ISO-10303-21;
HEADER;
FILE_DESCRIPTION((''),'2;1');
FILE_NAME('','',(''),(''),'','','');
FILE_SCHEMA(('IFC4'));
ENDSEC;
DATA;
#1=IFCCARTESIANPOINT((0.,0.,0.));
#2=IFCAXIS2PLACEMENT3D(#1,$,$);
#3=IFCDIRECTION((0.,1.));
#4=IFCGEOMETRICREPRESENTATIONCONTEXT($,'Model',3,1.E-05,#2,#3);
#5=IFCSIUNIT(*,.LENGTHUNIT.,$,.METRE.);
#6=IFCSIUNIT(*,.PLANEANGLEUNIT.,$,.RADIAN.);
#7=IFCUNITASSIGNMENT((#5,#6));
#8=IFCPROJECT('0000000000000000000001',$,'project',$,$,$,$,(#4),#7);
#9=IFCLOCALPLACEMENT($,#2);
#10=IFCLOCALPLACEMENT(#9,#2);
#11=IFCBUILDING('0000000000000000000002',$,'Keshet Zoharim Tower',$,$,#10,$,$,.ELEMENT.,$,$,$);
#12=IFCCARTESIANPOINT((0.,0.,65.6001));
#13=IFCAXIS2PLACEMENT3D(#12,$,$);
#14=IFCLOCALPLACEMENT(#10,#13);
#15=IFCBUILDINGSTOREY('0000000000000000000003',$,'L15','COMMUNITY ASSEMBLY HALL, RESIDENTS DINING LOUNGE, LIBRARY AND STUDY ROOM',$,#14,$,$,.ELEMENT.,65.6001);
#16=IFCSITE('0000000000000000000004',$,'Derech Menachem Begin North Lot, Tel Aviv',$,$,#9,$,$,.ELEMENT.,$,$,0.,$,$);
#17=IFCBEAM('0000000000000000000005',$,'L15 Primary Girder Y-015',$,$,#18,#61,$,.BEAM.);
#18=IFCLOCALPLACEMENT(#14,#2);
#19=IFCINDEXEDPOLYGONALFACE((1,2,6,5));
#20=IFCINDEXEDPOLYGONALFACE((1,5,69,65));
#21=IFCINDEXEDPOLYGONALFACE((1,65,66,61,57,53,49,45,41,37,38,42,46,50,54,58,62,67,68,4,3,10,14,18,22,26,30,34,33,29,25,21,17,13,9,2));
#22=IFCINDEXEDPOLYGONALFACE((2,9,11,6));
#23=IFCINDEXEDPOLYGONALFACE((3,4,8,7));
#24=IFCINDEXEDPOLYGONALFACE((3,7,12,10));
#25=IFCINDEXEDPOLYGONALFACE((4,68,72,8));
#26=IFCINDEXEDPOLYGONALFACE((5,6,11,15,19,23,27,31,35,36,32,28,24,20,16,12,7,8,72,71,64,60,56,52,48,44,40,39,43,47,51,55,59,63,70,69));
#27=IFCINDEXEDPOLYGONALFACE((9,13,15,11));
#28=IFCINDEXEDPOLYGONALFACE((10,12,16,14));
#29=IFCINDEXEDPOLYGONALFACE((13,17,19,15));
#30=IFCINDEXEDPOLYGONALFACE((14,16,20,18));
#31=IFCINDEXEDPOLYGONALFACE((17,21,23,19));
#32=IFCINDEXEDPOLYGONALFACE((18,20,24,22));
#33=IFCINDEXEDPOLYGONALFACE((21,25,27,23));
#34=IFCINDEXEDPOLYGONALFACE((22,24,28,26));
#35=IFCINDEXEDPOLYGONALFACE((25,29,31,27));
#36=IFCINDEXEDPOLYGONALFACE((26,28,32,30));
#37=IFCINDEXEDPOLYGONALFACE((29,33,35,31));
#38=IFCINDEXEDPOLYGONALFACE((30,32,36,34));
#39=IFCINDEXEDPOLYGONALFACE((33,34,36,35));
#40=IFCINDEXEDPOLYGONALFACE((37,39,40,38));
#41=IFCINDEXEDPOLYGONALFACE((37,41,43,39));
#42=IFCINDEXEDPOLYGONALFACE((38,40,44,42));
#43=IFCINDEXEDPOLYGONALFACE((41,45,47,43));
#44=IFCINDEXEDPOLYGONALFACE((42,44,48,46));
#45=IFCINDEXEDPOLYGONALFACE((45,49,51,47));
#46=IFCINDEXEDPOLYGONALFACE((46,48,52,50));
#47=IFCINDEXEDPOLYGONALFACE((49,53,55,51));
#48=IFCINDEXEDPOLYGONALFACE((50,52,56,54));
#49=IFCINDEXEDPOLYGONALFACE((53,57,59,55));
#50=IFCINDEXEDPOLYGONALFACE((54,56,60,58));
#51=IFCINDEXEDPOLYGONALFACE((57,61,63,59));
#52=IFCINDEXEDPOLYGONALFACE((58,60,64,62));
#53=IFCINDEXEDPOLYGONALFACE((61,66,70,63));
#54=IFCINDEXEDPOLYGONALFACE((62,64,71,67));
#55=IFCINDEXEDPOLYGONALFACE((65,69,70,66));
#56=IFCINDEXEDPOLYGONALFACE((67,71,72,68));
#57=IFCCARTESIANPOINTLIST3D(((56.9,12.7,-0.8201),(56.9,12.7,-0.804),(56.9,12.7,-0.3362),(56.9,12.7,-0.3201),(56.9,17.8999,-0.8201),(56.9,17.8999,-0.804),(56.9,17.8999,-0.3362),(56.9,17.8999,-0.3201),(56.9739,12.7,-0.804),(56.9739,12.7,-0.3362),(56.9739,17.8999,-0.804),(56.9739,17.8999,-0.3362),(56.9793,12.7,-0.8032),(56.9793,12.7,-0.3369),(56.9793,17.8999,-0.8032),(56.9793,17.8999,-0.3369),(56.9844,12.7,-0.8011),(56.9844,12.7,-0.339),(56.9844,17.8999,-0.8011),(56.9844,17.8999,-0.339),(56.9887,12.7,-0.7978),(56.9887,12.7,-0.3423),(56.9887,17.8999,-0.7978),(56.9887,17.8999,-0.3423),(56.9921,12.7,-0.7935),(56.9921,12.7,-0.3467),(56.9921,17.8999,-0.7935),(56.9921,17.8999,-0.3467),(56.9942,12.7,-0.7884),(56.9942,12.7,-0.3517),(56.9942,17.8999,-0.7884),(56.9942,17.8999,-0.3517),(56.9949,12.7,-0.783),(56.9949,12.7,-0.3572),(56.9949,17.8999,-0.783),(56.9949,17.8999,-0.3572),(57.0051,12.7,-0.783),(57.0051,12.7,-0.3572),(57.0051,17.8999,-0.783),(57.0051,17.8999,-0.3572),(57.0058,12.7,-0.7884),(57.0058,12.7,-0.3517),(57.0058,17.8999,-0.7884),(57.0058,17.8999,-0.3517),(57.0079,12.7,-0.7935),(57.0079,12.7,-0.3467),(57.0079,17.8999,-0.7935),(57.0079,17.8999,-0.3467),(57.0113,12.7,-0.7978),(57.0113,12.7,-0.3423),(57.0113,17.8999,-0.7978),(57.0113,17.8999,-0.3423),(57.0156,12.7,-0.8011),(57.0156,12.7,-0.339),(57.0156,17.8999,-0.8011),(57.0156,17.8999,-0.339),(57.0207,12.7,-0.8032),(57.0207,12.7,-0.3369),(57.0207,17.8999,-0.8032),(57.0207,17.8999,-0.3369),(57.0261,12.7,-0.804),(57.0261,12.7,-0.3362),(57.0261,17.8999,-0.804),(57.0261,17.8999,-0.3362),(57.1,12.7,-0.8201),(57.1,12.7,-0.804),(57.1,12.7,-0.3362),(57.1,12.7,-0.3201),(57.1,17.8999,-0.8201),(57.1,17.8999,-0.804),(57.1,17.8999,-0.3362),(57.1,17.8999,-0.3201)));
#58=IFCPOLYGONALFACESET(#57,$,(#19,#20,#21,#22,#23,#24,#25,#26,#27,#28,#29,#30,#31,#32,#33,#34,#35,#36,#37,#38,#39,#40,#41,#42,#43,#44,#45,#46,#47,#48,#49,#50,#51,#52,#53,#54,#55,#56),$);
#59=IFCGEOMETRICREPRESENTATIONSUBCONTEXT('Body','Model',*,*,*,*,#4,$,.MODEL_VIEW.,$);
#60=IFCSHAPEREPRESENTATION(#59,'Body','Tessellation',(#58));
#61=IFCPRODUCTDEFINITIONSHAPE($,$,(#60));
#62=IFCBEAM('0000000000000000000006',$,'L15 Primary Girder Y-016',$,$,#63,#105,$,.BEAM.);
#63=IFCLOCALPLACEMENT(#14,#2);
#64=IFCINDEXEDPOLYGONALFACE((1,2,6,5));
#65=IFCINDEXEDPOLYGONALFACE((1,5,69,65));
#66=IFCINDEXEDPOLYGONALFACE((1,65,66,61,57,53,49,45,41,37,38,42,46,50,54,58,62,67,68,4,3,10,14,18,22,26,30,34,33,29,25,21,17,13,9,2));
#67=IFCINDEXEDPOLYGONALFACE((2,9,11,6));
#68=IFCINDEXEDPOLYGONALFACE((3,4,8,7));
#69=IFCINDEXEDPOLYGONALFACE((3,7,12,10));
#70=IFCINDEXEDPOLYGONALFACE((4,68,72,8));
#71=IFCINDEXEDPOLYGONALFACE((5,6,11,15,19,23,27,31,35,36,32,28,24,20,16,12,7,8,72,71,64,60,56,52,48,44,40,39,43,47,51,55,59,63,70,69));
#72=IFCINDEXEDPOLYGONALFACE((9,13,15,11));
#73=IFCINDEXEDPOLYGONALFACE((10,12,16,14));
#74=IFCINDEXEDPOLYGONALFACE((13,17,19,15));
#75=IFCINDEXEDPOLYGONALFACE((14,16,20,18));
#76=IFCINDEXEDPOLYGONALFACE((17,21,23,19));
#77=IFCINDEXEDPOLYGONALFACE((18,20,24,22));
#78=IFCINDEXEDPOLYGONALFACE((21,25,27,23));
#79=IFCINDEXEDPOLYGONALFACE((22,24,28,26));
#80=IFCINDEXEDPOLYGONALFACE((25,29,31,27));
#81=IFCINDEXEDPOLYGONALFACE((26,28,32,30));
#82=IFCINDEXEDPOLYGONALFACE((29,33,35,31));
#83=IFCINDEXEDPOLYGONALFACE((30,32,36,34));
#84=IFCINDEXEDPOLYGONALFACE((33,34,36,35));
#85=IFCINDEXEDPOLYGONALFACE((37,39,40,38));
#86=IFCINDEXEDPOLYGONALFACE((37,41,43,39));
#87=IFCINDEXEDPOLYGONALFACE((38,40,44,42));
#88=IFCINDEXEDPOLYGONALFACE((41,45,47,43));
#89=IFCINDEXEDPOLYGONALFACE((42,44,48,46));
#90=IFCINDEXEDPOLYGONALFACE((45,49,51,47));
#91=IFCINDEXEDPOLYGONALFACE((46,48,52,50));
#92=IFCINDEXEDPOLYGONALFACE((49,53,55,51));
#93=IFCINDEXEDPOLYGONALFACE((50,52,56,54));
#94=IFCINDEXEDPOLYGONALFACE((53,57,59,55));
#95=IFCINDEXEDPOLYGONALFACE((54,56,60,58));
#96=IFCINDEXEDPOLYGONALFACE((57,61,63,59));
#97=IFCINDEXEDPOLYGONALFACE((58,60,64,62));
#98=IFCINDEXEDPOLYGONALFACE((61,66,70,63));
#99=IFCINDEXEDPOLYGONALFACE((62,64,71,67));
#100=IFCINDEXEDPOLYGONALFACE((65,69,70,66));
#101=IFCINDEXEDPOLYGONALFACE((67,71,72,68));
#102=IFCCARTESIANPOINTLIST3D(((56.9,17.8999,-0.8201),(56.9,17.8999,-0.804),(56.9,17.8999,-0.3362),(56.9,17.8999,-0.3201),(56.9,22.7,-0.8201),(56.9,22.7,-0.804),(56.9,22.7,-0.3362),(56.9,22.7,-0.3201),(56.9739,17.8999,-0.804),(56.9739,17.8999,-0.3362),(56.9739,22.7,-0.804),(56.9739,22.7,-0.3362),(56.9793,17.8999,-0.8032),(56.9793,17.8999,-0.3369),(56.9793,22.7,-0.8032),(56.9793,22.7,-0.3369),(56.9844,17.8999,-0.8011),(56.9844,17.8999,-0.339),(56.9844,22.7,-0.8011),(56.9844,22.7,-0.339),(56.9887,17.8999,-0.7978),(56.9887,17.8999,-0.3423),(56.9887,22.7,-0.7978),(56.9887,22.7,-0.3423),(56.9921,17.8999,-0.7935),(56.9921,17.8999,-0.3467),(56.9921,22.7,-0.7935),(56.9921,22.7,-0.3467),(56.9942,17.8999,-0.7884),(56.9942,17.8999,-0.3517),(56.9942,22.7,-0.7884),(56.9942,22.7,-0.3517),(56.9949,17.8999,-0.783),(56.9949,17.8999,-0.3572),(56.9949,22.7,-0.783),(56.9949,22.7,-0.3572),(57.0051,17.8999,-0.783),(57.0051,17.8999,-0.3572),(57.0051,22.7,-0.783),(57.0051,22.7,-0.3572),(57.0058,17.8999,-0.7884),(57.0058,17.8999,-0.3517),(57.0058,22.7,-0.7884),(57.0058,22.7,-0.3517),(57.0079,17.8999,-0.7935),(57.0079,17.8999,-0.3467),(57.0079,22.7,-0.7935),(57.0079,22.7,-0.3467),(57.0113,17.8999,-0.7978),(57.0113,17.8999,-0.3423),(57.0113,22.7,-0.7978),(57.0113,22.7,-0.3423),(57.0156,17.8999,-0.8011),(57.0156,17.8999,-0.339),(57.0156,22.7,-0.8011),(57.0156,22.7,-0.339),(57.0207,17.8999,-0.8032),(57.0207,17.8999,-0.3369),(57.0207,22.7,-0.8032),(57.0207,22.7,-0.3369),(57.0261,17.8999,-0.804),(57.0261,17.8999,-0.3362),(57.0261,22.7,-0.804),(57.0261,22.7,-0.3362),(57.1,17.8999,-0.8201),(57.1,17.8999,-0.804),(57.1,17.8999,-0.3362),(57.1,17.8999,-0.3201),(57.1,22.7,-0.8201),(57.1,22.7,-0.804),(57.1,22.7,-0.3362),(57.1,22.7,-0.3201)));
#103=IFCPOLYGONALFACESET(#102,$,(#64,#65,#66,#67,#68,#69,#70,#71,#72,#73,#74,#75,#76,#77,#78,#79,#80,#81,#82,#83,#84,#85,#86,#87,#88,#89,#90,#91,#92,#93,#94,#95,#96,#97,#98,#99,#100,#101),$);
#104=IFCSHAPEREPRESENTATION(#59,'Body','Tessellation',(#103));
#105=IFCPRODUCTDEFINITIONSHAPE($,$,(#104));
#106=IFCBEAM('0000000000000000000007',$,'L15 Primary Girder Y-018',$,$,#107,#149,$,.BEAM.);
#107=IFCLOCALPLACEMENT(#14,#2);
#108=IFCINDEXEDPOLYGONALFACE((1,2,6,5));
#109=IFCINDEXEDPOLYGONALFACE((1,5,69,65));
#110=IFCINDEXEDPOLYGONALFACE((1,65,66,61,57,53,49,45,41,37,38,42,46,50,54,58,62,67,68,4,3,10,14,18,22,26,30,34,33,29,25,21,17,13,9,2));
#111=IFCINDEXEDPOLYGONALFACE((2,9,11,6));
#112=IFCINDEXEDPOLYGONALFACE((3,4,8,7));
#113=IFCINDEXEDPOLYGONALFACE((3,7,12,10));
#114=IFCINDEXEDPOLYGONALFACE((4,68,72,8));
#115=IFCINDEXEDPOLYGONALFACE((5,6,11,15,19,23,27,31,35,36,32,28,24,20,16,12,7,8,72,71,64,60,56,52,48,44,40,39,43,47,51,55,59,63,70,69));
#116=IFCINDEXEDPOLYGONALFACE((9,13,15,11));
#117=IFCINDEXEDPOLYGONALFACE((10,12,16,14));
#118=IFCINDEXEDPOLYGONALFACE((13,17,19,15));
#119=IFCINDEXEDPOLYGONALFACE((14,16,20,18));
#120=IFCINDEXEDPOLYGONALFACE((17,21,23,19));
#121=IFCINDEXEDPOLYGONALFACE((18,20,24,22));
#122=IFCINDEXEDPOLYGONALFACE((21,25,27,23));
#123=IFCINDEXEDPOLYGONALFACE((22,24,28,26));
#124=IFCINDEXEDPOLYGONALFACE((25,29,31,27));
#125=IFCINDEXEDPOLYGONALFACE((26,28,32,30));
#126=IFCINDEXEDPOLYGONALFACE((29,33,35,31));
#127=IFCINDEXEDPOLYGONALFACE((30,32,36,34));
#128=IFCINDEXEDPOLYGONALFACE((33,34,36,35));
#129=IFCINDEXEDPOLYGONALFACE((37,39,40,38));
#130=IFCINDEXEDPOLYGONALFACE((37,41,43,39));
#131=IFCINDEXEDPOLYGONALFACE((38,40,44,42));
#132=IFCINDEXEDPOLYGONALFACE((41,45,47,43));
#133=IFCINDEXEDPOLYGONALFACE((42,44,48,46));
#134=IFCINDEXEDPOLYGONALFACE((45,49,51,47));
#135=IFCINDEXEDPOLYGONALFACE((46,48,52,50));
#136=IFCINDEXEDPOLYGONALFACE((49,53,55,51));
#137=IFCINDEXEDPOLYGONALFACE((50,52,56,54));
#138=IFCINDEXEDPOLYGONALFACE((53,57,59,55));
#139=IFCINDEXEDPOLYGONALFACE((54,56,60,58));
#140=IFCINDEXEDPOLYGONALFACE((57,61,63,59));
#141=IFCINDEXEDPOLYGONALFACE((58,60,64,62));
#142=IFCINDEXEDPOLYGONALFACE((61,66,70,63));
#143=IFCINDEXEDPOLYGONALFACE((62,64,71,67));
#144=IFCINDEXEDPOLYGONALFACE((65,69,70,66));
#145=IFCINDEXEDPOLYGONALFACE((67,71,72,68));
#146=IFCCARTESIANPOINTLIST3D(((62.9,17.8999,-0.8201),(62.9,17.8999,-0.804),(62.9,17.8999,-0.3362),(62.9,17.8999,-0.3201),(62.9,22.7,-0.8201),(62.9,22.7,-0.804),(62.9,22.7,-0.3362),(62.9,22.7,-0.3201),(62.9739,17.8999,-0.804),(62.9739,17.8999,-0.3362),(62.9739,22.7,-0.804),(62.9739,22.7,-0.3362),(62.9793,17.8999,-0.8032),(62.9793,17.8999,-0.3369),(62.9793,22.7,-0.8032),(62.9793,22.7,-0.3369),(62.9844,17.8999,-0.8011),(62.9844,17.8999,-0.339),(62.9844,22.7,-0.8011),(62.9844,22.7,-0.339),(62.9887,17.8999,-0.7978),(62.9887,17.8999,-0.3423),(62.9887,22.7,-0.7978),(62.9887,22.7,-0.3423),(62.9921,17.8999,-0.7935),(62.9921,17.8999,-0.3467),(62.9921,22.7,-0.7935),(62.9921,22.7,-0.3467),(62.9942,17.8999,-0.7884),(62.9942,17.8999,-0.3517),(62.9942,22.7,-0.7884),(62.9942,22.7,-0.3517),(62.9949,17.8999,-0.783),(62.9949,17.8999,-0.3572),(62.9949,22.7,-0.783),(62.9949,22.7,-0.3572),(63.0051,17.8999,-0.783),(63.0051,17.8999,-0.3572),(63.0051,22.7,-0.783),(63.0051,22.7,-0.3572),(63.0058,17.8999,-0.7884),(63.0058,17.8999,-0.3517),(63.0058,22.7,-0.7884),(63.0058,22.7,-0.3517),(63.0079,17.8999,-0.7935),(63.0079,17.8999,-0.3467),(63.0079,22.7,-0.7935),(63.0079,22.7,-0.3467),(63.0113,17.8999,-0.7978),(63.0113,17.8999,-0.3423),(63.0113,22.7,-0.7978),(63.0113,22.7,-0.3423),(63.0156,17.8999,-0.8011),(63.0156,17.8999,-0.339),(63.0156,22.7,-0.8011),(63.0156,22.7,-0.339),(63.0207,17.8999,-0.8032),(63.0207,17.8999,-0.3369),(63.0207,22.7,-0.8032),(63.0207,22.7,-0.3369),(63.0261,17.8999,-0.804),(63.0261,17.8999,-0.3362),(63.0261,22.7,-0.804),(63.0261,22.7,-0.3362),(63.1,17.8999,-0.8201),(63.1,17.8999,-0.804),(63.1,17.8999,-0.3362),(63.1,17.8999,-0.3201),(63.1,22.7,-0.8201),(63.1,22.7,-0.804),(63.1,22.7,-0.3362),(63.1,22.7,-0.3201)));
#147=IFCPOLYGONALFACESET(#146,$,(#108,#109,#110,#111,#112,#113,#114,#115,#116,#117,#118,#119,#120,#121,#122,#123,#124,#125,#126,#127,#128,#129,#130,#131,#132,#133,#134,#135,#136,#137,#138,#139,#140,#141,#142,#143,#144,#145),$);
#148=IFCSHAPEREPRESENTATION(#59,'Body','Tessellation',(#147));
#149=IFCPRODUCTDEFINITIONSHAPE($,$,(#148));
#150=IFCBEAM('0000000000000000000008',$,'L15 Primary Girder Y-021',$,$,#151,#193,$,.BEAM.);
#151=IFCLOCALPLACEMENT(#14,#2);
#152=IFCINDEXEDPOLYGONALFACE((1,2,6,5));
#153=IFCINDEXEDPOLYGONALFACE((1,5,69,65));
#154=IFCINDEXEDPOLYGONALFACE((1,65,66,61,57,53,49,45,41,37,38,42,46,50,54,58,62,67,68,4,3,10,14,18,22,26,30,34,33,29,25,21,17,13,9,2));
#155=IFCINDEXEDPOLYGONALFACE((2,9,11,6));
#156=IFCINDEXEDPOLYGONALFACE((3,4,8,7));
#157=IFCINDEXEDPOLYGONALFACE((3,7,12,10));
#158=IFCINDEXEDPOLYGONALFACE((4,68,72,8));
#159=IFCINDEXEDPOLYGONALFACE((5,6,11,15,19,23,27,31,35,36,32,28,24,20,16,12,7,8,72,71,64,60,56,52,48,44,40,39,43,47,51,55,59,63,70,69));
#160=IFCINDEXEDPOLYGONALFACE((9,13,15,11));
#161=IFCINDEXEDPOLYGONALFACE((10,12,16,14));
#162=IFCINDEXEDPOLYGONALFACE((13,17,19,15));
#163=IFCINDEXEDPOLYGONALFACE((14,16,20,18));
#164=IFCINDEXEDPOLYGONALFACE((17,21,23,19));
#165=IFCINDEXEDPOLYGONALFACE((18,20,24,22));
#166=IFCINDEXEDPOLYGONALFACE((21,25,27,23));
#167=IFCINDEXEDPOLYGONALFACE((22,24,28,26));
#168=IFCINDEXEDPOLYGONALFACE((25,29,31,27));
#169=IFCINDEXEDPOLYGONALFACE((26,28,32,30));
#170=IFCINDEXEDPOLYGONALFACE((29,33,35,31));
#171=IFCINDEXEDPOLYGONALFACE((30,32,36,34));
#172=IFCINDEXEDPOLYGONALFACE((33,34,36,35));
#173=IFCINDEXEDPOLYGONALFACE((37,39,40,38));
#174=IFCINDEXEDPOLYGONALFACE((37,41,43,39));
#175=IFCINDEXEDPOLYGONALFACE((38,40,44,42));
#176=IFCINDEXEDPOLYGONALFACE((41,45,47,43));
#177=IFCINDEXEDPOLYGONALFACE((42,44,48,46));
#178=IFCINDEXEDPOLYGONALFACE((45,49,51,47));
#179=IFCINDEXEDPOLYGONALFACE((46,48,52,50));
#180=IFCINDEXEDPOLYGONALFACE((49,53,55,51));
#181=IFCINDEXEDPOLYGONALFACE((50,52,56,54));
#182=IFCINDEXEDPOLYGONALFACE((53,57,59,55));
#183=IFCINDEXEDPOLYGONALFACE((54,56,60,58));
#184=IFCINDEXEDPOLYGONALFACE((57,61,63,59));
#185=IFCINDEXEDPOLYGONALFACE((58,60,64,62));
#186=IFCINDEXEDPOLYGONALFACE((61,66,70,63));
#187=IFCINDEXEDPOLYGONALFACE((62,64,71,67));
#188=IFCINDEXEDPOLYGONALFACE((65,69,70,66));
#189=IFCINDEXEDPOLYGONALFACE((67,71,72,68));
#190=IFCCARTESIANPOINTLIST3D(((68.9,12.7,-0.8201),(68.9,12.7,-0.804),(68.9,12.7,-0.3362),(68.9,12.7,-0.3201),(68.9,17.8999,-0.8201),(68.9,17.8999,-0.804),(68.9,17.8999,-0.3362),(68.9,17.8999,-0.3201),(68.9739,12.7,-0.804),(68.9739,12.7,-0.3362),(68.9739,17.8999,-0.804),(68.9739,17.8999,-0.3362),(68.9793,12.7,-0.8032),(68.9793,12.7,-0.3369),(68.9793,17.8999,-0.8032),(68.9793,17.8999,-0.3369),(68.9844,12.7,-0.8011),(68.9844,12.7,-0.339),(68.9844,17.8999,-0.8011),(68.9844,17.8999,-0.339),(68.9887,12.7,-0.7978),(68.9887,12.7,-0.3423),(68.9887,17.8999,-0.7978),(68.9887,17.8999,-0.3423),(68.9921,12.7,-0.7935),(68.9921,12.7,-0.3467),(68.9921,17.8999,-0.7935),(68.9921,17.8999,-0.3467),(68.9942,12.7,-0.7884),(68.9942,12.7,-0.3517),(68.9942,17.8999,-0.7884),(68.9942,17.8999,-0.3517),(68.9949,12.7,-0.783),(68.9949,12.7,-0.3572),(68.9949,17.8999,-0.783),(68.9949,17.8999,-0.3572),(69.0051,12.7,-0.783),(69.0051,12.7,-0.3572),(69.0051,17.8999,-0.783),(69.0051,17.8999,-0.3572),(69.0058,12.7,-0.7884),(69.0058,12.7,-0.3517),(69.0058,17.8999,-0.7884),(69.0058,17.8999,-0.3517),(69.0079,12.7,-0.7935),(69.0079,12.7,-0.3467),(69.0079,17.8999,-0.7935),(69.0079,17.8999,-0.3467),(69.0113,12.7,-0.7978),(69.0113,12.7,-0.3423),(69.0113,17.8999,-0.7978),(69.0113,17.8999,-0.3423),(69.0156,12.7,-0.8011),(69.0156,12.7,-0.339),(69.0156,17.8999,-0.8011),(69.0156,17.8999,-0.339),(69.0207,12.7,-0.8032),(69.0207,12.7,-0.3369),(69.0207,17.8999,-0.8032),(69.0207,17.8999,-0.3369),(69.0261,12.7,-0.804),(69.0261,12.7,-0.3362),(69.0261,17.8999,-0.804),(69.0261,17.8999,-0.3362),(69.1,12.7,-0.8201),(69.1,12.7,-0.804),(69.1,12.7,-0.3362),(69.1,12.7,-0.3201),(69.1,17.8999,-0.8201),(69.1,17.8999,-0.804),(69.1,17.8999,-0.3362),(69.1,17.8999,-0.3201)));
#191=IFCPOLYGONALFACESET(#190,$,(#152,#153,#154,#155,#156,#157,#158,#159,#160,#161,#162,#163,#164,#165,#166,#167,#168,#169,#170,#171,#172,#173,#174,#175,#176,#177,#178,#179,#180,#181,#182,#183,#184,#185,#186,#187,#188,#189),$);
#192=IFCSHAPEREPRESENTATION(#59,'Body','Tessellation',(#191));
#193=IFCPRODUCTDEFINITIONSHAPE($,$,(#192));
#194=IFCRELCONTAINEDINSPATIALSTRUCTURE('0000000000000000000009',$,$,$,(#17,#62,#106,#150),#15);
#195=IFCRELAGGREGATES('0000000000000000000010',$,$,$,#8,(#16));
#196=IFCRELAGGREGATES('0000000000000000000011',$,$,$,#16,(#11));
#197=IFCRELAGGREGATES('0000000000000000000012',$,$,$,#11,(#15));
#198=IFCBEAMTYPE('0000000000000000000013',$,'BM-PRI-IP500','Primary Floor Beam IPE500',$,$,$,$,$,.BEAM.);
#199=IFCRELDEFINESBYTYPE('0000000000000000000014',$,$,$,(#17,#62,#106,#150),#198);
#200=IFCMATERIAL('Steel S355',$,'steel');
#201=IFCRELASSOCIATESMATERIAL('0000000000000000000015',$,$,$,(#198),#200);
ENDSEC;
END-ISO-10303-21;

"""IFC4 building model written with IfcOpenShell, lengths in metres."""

from ifc_helpers import new_model, si_unit, direction, frame, origin, origin_2d, place, context, subcontext, project, spatial, i_section, extrude, material, material_profile, profile_set, type_object, element, save


model = new_model("IFC4")

# Units and contexts
model_context = context("Model", 3, precision=1e-05, world=origin(), true_north=direction((0.0, 1.0)))
body_context = subcontext(model_context, "Body", "Model", "MODEL_VIEW")
ifc_project = project(units=[si_unit("LENGTHUNIT", "METRE"), si_unit("PLANEANGLEUNIT", "RADIAN")], contexts=[model_context])

# Site, building, storey
site_placement = place(None, origin())
site = spatial("IfcSite", under=ifc_project, at=site_placement, Name="Derech Menachem Begin North Lot, Tel Aviv", CompositionType="ELEMENT", RefElevation=0.0)
building_placement = place(site_placement, origin())
building = spatial("IfcBuilding", under=site, at=building_placement, Name="Keshet Zoharim Tower", CompositionType="ELEMENT")
storey_placement = place(building_placement, frame((0.0, 0.0, 65.6001)))
storey = spatial("IfcBuildingStorey", under=building, at=storey_placement, Name="L15", Description="COMMUNITY ASSEMBLY HALL, RESIDENTS DINING LOUNGE, LIBRARY AND STUDY ROOM", CompositionType="ELEMENT", Elevation=65.6001)

# Shared definitions
ifc_material_1 = material(Name="Steel S355", Category="steel")

# Beams
ifc_material_profile_1 = material_profile(ifc_material_1, i_section(OverallWidth=0.2, OverallDepth=0.5, WebThickness=0.0103, FlangeThickness=0.0161, FilletRadius=0.021, at=origin_2d()), Name="IPE500")
ifc_profile_set_1 = profile_set([ifc_material_profile_1], Name="Steel S355")
beam_type_1 = type_object("IfcBeamType", Name="BM-PRI-IP500", Description="Primary Floor Beam IPE500", PredefinedType="BEAM", material=ifc_profile_set_1)
beam_1_placement = place(storey_placement, frame((57.0, 12.7, -0.5701), z_axis=(0.0, 1.0, 0.0), x_axis=(-1.0, 0.0, 0.0)))
element("IfcBeam", 1, at=beam_1_placement, inside=storey, type_object=beam_type_1, Name="L15 Primary Girder Y-015", PredefinedType="BEAM", context=body_context, shape_type="SweptSolid", body=[
    extrude(i_section(OverallWidth=0.2, OverallDepth=0.5, WebThickness=0.0103, FlangeThickness=0.0161, FilletRadius=0.021, at=origin_2d()), origin(), (0.0, 0.0, 1.0), 5.2),
])
for number, where, z_axis, x_axis, name in (
    (2, (57.0, 17.8999, -0.5701), (0.0, 1.0, 0.0), (-1.0, 0.0, 0.0), "L15 Primary Girder Y-016"),
    (3, (63.0, 17.8999, -0.5701), (0.0, 1.0, 0.0), (-1.0, 0.0, 0.0), "L15 Primary Girder Y-018"),
):
    element("IfcBeam", number, at=place(storey_placement, frame(where, z_axis=z_axis, x_axis=x_axis)), inside=storey, type_object=beam_type_1, Name=name, PredefinedType="BEAM", context=body_context, shape_type="SweptSolid", body=[
        extrude(i_section(OverallWidth=0.2, OverallDepth=0.5, WebThickness=0.0103, FlangeThickness=0.0161, FilletRadius=0.021, at=origin_2d()), origin(), (0.0, 0.0, 1.0), 4.8),
    ])
beam_2_placement = place(storey_placement, frame((69.0, 12.7, -0.5701), z_axis=(0.0, 1.0, 0.0), x_axis=(-1.0, 0.0, 0.0)))
element("IfcBeam", 4, at=beam_2_placement, inside=storey, type_object=beam_type_1, Name="L15 Primary Girder Y-021", PredefinedType="BEAM", context=body_context, shape_type="SweptSolid", body=[
    extrude(i_section(OverallWidth=0.2, OverallDepth=0.5, WebThickness=0.0103, FlangeThickness=0.0161, FilletRadius=0.021, at=origin_2d()), origin(), (0.0, 0.0, 1.0), 5.2),
])

save(model, "model.ifc")
